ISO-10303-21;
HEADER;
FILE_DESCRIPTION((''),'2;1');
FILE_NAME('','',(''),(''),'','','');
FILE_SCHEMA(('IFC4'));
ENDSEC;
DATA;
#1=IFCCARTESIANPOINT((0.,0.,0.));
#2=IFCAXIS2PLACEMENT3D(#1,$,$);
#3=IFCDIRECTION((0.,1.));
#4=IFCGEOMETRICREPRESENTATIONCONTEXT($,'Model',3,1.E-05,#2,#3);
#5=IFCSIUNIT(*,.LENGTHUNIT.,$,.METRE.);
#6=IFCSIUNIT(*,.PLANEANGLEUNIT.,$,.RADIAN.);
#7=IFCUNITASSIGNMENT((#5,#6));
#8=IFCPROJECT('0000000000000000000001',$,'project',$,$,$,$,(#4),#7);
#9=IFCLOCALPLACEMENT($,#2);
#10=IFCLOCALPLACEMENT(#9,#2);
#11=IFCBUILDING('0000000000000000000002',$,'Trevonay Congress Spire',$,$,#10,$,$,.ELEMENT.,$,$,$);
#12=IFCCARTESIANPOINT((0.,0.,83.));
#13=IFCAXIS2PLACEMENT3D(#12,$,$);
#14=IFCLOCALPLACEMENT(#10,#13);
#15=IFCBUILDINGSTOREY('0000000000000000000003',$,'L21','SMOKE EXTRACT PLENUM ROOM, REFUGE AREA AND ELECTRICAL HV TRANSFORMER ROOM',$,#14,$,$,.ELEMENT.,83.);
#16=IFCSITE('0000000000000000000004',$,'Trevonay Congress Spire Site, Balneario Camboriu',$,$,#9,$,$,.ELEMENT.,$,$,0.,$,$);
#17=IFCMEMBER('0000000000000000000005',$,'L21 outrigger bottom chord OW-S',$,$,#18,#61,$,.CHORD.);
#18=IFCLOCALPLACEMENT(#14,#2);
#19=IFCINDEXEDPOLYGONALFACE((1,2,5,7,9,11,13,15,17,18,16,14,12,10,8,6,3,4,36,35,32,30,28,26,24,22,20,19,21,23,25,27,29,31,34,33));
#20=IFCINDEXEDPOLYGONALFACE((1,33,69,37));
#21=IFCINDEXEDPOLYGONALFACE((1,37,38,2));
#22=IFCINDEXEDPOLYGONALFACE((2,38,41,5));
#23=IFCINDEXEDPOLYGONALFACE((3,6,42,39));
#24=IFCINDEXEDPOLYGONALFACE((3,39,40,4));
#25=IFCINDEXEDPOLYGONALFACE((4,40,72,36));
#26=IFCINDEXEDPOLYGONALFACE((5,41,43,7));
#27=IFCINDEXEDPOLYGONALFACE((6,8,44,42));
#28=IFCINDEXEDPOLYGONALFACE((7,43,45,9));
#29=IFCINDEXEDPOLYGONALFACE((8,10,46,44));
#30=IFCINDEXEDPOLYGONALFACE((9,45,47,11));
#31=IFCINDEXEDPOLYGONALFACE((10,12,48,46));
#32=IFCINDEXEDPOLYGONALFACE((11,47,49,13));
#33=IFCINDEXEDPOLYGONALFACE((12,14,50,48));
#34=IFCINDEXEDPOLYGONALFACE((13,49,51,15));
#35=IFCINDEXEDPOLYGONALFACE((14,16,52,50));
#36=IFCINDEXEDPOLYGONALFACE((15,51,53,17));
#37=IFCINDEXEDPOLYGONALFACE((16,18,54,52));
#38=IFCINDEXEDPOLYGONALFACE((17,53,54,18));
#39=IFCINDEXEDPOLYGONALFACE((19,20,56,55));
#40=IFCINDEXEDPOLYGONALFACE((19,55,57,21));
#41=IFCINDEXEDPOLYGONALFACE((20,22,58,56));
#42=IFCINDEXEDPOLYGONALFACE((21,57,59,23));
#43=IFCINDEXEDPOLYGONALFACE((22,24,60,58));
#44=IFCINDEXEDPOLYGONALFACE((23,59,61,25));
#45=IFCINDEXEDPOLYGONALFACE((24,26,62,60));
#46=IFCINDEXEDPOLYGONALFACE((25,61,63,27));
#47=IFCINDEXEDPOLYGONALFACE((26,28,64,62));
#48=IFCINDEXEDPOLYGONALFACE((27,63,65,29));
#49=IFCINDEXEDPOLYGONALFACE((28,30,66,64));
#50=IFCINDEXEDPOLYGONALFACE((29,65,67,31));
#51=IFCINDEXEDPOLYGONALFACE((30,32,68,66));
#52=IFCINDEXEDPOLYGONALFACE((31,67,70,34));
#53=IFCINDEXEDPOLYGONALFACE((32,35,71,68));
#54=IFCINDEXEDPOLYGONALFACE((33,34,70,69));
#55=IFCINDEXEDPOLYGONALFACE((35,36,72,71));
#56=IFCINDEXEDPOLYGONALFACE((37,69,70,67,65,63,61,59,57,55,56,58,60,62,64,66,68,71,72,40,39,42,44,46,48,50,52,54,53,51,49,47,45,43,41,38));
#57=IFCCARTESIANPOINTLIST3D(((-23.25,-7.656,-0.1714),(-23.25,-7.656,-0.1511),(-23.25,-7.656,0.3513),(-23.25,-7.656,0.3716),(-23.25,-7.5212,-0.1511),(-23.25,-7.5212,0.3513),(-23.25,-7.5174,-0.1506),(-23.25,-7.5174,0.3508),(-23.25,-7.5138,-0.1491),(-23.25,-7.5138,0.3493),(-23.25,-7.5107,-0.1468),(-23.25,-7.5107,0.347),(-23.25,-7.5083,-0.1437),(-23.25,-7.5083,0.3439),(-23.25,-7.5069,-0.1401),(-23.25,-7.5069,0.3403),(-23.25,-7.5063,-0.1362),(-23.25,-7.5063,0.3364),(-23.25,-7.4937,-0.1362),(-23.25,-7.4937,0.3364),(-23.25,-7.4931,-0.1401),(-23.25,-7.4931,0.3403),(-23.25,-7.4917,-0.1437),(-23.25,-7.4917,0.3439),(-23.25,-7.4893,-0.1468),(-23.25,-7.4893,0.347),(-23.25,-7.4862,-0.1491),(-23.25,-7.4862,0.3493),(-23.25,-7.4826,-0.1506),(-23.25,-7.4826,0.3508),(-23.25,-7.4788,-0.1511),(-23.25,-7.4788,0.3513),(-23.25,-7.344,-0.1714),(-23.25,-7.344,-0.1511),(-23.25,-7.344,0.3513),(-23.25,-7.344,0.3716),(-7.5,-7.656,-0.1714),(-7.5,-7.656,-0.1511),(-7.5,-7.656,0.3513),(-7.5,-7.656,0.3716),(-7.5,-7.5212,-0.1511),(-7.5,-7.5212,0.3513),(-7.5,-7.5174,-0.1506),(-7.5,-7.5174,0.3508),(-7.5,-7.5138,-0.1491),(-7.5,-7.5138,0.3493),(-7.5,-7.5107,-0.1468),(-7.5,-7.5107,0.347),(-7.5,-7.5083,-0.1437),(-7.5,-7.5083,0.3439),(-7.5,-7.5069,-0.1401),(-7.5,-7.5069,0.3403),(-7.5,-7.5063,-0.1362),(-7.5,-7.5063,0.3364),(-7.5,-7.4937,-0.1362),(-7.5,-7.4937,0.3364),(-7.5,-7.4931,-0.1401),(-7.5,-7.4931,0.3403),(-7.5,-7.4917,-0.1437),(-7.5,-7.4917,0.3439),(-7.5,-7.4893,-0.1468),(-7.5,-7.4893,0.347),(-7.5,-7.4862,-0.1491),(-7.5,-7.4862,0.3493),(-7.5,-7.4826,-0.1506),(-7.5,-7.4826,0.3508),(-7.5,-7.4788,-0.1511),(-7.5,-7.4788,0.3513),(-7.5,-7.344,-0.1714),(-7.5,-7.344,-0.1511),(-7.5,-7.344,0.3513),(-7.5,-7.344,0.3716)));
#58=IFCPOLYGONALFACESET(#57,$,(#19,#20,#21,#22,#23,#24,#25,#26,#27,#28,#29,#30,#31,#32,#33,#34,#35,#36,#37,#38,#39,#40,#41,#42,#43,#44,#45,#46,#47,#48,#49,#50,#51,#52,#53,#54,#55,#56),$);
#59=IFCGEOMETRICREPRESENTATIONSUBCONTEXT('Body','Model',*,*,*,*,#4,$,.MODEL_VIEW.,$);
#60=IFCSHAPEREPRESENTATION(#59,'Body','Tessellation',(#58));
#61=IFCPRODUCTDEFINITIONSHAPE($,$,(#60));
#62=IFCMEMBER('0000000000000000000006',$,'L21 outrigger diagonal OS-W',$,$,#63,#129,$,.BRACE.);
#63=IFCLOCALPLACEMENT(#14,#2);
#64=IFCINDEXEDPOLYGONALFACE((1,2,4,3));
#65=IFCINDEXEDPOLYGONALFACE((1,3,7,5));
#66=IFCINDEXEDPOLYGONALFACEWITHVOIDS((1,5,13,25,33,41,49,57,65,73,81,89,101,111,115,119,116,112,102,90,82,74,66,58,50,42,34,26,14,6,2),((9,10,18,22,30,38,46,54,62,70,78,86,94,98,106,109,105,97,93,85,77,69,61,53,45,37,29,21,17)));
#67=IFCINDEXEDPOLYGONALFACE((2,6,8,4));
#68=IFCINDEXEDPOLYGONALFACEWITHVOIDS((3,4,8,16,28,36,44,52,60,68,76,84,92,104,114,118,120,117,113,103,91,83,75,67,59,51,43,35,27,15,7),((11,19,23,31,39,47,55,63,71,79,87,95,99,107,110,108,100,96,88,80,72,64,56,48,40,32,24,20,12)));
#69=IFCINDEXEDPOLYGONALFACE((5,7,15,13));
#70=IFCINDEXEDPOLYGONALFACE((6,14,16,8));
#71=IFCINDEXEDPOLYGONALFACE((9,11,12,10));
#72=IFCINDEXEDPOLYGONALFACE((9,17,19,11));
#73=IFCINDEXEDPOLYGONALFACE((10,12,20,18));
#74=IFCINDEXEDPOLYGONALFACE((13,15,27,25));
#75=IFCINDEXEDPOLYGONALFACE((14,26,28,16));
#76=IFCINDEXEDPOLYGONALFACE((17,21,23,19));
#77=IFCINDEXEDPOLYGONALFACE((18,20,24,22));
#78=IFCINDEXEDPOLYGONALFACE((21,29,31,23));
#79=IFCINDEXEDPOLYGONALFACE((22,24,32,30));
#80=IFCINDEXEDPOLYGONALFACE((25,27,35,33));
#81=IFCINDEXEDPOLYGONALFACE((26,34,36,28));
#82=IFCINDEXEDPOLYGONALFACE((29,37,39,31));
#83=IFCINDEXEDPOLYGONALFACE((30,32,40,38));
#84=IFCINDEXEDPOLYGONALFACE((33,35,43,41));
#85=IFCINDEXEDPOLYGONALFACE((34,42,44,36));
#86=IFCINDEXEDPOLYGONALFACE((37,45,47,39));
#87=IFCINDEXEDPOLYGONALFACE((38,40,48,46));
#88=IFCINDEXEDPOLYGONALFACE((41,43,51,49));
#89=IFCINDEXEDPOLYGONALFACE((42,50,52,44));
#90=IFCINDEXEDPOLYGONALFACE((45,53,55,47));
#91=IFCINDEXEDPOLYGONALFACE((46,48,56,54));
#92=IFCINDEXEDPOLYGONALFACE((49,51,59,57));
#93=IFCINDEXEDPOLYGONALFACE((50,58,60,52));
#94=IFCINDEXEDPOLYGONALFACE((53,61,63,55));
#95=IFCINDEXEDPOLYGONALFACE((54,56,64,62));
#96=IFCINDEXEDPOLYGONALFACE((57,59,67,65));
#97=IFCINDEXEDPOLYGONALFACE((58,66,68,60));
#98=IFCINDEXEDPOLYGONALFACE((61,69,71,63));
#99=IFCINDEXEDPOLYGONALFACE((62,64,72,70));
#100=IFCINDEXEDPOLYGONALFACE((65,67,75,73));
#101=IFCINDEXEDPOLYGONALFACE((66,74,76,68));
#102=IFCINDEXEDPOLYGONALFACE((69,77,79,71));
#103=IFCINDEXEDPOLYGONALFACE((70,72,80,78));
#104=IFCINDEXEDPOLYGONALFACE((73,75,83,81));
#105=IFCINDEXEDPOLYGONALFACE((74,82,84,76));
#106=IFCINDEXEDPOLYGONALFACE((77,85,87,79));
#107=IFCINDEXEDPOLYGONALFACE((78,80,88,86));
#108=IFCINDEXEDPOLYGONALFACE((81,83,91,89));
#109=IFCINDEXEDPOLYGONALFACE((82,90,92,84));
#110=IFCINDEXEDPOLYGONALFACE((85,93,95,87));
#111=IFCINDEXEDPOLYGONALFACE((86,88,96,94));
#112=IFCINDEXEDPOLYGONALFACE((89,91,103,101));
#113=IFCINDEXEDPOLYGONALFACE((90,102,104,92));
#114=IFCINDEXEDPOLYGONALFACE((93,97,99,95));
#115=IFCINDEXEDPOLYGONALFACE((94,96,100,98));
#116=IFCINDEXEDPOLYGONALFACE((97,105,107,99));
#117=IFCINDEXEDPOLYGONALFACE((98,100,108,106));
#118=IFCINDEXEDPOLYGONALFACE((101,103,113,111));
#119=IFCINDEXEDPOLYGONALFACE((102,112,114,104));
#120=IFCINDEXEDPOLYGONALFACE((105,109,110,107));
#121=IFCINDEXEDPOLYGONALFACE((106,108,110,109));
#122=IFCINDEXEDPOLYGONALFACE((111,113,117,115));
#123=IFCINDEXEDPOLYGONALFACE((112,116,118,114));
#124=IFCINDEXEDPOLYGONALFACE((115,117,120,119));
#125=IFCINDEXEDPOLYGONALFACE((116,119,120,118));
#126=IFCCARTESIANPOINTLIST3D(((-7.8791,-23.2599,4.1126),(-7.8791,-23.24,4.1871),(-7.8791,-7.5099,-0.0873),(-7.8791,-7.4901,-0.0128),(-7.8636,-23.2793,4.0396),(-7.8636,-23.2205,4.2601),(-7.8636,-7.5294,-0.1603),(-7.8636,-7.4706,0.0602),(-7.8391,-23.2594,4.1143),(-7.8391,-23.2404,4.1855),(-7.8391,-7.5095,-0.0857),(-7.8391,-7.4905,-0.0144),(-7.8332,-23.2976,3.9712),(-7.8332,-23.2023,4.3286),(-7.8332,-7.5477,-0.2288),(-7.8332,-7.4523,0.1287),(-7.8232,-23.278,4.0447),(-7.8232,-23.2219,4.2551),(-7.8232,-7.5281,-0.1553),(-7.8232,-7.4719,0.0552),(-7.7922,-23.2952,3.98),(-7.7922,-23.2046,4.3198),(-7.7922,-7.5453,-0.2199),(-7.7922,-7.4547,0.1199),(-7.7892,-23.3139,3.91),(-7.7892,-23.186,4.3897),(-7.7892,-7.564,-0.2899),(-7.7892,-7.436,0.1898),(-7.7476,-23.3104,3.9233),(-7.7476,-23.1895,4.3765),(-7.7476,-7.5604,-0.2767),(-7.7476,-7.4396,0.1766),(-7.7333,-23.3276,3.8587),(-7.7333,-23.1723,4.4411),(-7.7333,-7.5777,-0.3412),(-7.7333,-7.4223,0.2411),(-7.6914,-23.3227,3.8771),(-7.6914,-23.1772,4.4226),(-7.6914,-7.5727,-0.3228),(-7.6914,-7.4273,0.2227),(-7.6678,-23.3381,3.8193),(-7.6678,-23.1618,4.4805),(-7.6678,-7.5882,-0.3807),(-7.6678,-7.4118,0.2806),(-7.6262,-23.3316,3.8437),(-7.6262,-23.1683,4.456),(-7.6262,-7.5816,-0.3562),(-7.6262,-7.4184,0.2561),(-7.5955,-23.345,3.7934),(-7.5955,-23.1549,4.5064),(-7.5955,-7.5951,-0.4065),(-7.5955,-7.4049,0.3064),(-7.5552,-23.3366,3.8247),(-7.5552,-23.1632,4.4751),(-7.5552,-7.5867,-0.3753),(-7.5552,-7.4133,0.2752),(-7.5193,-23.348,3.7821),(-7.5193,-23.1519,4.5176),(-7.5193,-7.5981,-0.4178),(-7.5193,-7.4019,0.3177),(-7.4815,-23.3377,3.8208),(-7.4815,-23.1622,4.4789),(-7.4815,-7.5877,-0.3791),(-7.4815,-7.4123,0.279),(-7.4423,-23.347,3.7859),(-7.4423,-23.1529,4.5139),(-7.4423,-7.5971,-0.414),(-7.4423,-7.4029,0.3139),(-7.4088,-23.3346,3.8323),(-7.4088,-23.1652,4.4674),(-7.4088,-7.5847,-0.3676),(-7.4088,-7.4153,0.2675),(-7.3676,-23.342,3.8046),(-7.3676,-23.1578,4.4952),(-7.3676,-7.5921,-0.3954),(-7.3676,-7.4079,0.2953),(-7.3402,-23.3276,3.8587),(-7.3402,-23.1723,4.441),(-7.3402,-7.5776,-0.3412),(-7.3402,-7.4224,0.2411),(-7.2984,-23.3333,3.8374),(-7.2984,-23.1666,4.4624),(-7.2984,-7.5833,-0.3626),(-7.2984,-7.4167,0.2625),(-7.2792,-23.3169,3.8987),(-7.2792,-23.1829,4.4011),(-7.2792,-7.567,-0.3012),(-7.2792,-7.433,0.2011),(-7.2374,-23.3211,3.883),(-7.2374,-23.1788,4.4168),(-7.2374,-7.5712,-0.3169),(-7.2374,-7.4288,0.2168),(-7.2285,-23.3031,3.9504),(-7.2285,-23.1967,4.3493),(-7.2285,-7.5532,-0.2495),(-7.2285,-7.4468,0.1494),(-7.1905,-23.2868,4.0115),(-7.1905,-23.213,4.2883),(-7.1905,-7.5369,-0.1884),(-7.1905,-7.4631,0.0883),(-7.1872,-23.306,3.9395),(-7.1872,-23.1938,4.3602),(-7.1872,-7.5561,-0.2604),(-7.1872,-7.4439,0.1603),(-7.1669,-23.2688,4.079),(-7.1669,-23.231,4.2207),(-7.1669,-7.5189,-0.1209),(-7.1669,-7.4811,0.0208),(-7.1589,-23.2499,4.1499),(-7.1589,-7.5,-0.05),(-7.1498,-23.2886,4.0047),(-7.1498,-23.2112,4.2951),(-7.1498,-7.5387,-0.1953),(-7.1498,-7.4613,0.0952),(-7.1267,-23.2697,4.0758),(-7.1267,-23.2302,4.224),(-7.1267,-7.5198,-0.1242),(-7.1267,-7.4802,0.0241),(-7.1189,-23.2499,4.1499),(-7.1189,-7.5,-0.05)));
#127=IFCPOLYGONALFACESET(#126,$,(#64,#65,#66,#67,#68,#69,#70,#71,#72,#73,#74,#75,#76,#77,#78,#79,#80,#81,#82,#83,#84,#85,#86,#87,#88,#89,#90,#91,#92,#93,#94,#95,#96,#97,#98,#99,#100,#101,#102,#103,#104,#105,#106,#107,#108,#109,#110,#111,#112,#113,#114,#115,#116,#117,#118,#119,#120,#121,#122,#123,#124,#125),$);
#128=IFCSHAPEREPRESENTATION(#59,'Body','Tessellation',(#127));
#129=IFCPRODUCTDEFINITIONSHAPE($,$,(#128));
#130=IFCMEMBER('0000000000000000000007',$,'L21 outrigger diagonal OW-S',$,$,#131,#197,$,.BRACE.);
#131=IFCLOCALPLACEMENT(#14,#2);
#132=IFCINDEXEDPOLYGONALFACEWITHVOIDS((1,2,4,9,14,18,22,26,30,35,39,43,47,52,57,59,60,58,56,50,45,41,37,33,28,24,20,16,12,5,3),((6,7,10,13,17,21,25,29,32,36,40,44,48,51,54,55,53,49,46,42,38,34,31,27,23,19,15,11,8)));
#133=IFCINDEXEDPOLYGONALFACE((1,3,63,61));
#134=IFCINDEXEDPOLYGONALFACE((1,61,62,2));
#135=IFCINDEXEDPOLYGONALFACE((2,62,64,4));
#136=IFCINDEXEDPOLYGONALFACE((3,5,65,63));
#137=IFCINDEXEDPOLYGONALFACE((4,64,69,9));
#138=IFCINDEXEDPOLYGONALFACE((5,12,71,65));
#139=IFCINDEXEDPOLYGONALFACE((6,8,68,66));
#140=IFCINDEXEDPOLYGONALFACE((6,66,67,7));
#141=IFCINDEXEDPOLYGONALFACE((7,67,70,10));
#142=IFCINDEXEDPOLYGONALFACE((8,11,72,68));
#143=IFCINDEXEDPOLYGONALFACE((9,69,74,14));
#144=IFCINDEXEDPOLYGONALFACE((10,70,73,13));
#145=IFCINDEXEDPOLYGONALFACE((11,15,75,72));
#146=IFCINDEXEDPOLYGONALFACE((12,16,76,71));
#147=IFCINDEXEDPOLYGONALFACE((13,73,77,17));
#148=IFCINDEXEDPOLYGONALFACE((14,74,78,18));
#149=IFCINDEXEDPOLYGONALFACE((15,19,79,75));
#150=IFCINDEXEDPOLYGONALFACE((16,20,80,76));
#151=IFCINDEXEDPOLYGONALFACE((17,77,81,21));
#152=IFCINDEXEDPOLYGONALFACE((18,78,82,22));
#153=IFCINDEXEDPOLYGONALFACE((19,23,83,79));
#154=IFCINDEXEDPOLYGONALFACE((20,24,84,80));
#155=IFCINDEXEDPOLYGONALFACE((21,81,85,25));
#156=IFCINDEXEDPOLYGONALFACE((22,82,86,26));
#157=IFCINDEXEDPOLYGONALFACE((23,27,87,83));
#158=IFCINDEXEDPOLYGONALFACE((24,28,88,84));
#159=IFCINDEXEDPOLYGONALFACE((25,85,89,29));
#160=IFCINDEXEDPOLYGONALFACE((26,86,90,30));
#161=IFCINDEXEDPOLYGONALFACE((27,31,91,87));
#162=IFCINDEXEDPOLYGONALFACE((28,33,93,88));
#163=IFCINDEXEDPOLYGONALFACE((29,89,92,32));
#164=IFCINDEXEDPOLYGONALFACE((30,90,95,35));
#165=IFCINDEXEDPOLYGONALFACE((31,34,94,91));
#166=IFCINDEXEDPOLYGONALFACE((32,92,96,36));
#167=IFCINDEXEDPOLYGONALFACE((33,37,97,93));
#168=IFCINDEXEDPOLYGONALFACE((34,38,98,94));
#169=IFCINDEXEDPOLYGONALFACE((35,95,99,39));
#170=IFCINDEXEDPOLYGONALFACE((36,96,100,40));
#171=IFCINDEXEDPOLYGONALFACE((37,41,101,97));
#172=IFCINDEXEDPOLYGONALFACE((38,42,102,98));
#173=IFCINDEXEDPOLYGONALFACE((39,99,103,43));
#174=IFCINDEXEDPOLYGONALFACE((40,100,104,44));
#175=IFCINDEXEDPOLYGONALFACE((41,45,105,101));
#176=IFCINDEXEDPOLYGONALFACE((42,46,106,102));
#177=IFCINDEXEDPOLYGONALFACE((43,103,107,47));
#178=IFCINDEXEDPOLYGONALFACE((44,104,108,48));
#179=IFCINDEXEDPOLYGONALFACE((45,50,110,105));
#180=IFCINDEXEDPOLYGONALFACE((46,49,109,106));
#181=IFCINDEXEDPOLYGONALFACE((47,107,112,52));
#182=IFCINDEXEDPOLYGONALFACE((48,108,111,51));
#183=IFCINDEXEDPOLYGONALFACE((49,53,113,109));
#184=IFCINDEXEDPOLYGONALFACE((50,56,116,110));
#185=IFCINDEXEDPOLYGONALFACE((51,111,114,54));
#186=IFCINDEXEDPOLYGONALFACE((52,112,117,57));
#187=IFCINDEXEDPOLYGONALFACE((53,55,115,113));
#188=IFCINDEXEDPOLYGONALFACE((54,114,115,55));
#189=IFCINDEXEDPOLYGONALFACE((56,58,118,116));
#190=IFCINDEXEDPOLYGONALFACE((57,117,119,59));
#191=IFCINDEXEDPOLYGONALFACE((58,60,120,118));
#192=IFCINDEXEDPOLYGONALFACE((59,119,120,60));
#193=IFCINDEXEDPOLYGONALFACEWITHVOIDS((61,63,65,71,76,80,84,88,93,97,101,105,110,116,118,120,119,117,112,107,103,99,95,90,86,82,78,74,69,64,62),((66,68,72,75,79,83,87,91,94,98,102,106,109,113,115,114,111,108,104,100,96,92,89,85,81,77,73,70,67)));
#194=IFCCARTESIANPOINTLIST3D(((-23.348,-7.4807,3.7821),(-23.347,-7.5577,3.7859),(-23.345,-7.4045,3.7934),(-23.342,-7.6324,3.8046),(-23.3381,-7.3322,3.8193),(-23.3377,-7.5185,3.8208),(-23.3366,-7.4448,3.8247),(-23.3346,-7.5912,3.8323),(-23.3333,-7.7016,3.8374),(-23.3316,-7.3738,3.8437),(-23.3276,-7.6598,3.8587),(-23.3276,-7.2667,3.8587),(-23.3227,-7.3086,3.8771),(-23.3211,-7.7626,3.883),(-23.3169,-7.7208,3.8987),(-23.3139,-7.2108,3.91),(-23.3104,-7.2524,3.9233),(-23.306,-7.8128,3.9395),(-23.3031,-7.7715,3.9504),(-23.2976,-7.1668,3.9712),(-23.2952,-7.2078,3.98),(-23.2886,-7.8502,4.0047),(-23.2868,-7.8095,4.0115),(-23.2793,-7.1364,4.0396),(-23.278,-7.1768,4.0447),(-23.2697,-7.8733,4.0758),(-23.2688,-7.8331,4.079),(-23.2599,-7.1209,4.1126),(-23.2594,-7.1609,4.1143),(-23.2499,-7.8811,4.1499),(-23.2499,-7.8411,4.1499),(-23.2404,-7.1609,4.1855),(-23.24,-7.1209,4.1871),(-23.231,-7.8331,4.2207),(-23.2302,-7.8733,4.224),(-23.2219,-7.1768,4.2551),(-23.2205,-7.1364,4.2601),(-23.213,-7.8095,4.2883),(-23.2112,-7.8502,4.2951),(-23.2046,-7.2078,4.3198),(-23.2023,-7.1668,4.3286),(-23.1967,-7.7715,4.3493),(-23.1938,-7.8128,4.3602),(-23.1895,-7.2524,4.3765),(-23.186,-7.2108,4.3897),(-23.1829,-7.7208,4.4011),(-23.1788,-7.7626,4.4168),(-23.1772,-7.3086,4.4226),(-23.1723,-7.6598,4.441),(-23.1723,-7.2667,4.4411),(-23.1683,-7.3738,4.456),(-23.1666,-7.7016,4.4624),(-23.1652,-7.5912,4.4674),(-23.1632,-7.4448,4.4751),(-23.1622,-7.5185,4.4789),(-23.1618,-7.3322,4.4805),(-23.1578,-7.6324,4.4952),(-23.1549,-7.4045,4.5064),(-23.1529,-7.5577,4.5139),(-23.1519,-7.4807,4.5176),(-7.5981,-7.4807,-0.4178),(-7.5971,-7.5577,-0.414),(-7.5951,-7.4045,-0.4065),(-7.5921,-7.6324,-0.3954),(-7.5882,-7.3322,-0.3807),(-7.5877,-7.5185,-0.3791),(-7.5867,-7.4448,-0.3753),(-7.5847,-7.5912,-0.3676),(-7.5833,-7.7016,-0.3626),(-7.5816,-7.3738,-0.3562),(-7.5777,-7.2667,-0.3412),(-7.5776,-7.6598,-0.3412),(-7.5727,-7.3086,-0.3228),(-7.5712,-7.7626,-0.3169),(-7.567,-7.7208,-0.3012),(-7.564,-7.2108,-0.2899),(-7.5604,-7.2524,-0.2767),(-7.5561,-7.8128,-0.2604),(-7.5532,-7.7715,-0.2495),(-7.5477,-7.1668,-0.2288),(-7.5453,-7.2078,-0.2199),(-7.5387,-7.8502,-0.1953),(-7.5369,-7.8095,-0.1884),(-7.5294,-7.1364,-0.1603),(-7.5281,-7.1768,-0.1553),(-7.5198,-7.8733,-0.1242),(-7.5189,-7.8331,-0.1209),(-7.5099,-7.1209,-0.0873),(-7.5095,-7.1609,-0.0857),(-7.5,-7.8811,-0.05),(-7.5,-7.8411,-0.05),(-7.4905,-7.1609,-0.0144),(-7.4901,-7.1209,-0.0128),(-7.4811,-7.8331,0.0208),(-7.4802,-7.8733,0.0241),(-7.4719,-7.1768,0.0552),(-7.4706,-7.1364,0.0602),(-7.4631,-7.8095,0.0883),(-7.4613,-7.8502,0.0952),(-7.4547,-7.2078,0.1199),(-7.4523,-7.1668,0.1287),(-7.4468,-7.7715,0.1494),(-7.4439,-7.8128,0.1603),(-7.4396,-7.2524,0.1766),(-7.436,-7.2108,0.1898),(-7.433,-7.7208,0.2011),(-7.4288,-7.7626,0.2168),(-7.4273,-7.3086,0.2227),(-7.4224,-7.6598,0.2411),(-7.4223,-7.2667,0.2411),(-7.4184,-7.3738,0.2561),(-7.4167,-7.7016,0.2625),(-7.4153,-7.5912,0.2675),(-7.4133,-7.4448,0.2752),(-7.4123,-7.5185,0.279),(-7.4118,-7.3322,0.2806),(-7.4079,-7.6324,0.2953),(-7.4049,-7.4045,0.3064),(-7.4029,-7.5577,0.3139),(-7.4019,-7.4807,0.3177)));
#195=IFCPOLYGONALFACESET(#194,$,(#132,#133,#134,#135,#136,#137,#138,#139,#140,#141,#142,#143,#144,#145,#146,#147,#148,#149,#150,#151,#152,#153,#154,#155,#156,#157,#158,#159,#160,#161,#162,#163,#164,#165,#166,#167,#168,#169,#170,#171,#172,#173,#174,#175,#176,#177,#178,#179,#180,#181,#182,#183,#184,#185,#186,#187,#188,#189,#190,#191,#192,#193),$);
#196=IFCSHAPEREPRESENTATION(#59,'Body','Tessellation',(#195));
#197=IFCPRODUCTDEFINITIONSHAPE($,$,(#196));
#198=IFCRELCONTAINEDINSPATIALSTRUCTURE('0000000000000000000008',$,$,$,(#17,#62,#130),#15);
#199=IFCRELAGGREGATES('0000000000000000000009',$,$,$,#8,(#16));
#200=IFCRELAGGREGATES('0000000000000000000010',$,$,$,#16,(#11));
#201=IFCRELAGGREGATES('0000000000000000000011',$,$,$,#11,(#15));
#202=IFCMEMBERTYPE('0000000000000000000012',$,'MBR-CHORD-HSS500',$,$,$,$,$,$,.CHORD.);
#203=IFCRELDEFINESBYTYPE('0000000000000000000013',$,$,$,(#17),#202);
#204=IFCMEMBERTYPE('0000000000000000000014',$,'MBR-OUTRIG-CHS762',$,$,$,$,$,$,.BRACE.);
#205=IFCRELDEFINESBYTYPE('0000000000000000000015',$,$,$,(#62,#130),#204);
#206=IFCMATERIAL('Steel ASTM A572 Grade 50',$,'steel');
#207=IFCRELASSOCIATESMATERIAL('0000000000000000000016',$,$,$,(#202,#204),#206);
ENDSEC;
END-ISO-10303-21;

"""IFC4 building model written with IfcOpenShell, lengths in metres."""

from ifc_helpers import new_model, si_unit, direction, frame, origin, origin_2d, place, context, subcontext, project, spatial, hollow_circle, i_section, extrude, material, material_profile, profile_set, type_object, element, save


model = new_model("IFC4")

# Units and contexts
model_context = context("Model", 3, precision=1e-05, world=origin(), true_north=direction((0.0, 1.0)))
body_context = subcontext(model_context, "Body", "Model", "MODEL_VIEW")
ifc_project = project(units=[si_unit("LENGTHUNIT", "METRE"), si_unit("PLANEANGLEUNIT", "RADIAN")], contexts=[model_context])

# Site, building, storey
site_placement = place(None, origin())
site = spatial("IfcSite", under=ifc_project, at=site_placement, Name="Trevonay Congress Spire Site, Balneario Camboriu", CompositionType="ELEMENT", RefElevation=0.0)
building_placement = place(site_placement, origin())
building = spatial("IfcBuilding", under=site, at=building_placement, Name="Trevonay Congress Spire", CompositionType="ELEMENT")
storey_placement = place(building_placement, frame((0.0, 0.0, 83.0)))
storey = spatial("IfcBuildingStorey", under=building, at=storey_placement, Name="L21", Description="SMOKE EXTRACT PLENUM ROOM, REFUGE AREA AND ELECTRICAL HV TRANSFORMER ROOM", CompositionType="ELEMENT", Elevation=83.0)

# Shared definitions
ifc_material_1 = material(Name="Steel ASTM A572 Grade 50", Category="steel")

# Members
ifc_material_profile_1 = material_profile(ifc_material_1, i_section(OverallWidth=0.312, OverallDepth=0.543, WebThickness=0.0127, FlangeThickness=0.0203, FilletRadius=0.0149, at=origin_2d()), Name="W530x150")
ifc_profile_set_1 = profile_set([ifc_material_profile_1], Name="Steel ASTM A572 Grade 50")
member_type_1 = type_object("IfcMemberType", Name="MBR-CHORD-HSS500", PredefinedType="CHORD", material=ifc_profile_set_1)
member_placement = place(storey_placement, frame((-7.5, -7.5, 0.1001), z_axis=(-1.0, 0.0, 0.0), x_axis=(0.0, -1.0, 0.0)))
element("IfcMember", 1, at=member_placement, inside=storey, type_object=member_type_1, Name="L21 outrigger bottom chord OW-S", PredefinedType="CHORD", context=body_context, shape_type="SweptSolid", body=[
    extrude(i_section(OverallWidth=0.312, OverallDepth=0.543, WebThickness=0.0127, FlangeThickness=0.0203, FilletRadius=0.0149, at=origin_2d()), origin(), (0.0, 0.0, 1.0), 15.75),
])
ifc_material_profile_2 = material_profile(ifc_material_1, hollow_circle(Radius=0.3811, WallThickness=0.04, at=origin_2d()), Name="CHS 762x40")
ifc_profile_set_2 = profile_set([ifc_material_profile_2], Name="Steel ASTM A572 Grade 50")
member_type_2 = type_object("IfcMemberType", Name="MBR-OUTRIG-CHS762", PredefinedType="BRACE", material=ifc_profile_set_2)
for number, where, z_axis, x_axis, name in (
    (2, (-7.5, -7.5, -0.05), (0.0, -0.966236, 0.25766), (1.0, 0.0, 0.0), "L21 outrigger diagonal OS-W"),
    (3, (-7.5, -7.5, -0.05), (-0.966236, 0.0, 0.25766), (0.0, -1.0, 0.0), "L21 outrigger diagonal OW-S"),
):
    element("IfcMember", number, at=place(storey_placement, frame(where, z_axis=z_axis, x_axis=x_axis)), inside=storey, type_object=member_type_2, Name=name, PredefinedType="BRACE", context=body_context, shape_type="SweptSolid", body=[
        extrude(hollow_circle(Radius=0.3811, WallThickness=0.04, at=origin_2d()), origin(), (0.0, 0.0, 1.0), 16.3003),
    ])

save(model, "model.ifc")
